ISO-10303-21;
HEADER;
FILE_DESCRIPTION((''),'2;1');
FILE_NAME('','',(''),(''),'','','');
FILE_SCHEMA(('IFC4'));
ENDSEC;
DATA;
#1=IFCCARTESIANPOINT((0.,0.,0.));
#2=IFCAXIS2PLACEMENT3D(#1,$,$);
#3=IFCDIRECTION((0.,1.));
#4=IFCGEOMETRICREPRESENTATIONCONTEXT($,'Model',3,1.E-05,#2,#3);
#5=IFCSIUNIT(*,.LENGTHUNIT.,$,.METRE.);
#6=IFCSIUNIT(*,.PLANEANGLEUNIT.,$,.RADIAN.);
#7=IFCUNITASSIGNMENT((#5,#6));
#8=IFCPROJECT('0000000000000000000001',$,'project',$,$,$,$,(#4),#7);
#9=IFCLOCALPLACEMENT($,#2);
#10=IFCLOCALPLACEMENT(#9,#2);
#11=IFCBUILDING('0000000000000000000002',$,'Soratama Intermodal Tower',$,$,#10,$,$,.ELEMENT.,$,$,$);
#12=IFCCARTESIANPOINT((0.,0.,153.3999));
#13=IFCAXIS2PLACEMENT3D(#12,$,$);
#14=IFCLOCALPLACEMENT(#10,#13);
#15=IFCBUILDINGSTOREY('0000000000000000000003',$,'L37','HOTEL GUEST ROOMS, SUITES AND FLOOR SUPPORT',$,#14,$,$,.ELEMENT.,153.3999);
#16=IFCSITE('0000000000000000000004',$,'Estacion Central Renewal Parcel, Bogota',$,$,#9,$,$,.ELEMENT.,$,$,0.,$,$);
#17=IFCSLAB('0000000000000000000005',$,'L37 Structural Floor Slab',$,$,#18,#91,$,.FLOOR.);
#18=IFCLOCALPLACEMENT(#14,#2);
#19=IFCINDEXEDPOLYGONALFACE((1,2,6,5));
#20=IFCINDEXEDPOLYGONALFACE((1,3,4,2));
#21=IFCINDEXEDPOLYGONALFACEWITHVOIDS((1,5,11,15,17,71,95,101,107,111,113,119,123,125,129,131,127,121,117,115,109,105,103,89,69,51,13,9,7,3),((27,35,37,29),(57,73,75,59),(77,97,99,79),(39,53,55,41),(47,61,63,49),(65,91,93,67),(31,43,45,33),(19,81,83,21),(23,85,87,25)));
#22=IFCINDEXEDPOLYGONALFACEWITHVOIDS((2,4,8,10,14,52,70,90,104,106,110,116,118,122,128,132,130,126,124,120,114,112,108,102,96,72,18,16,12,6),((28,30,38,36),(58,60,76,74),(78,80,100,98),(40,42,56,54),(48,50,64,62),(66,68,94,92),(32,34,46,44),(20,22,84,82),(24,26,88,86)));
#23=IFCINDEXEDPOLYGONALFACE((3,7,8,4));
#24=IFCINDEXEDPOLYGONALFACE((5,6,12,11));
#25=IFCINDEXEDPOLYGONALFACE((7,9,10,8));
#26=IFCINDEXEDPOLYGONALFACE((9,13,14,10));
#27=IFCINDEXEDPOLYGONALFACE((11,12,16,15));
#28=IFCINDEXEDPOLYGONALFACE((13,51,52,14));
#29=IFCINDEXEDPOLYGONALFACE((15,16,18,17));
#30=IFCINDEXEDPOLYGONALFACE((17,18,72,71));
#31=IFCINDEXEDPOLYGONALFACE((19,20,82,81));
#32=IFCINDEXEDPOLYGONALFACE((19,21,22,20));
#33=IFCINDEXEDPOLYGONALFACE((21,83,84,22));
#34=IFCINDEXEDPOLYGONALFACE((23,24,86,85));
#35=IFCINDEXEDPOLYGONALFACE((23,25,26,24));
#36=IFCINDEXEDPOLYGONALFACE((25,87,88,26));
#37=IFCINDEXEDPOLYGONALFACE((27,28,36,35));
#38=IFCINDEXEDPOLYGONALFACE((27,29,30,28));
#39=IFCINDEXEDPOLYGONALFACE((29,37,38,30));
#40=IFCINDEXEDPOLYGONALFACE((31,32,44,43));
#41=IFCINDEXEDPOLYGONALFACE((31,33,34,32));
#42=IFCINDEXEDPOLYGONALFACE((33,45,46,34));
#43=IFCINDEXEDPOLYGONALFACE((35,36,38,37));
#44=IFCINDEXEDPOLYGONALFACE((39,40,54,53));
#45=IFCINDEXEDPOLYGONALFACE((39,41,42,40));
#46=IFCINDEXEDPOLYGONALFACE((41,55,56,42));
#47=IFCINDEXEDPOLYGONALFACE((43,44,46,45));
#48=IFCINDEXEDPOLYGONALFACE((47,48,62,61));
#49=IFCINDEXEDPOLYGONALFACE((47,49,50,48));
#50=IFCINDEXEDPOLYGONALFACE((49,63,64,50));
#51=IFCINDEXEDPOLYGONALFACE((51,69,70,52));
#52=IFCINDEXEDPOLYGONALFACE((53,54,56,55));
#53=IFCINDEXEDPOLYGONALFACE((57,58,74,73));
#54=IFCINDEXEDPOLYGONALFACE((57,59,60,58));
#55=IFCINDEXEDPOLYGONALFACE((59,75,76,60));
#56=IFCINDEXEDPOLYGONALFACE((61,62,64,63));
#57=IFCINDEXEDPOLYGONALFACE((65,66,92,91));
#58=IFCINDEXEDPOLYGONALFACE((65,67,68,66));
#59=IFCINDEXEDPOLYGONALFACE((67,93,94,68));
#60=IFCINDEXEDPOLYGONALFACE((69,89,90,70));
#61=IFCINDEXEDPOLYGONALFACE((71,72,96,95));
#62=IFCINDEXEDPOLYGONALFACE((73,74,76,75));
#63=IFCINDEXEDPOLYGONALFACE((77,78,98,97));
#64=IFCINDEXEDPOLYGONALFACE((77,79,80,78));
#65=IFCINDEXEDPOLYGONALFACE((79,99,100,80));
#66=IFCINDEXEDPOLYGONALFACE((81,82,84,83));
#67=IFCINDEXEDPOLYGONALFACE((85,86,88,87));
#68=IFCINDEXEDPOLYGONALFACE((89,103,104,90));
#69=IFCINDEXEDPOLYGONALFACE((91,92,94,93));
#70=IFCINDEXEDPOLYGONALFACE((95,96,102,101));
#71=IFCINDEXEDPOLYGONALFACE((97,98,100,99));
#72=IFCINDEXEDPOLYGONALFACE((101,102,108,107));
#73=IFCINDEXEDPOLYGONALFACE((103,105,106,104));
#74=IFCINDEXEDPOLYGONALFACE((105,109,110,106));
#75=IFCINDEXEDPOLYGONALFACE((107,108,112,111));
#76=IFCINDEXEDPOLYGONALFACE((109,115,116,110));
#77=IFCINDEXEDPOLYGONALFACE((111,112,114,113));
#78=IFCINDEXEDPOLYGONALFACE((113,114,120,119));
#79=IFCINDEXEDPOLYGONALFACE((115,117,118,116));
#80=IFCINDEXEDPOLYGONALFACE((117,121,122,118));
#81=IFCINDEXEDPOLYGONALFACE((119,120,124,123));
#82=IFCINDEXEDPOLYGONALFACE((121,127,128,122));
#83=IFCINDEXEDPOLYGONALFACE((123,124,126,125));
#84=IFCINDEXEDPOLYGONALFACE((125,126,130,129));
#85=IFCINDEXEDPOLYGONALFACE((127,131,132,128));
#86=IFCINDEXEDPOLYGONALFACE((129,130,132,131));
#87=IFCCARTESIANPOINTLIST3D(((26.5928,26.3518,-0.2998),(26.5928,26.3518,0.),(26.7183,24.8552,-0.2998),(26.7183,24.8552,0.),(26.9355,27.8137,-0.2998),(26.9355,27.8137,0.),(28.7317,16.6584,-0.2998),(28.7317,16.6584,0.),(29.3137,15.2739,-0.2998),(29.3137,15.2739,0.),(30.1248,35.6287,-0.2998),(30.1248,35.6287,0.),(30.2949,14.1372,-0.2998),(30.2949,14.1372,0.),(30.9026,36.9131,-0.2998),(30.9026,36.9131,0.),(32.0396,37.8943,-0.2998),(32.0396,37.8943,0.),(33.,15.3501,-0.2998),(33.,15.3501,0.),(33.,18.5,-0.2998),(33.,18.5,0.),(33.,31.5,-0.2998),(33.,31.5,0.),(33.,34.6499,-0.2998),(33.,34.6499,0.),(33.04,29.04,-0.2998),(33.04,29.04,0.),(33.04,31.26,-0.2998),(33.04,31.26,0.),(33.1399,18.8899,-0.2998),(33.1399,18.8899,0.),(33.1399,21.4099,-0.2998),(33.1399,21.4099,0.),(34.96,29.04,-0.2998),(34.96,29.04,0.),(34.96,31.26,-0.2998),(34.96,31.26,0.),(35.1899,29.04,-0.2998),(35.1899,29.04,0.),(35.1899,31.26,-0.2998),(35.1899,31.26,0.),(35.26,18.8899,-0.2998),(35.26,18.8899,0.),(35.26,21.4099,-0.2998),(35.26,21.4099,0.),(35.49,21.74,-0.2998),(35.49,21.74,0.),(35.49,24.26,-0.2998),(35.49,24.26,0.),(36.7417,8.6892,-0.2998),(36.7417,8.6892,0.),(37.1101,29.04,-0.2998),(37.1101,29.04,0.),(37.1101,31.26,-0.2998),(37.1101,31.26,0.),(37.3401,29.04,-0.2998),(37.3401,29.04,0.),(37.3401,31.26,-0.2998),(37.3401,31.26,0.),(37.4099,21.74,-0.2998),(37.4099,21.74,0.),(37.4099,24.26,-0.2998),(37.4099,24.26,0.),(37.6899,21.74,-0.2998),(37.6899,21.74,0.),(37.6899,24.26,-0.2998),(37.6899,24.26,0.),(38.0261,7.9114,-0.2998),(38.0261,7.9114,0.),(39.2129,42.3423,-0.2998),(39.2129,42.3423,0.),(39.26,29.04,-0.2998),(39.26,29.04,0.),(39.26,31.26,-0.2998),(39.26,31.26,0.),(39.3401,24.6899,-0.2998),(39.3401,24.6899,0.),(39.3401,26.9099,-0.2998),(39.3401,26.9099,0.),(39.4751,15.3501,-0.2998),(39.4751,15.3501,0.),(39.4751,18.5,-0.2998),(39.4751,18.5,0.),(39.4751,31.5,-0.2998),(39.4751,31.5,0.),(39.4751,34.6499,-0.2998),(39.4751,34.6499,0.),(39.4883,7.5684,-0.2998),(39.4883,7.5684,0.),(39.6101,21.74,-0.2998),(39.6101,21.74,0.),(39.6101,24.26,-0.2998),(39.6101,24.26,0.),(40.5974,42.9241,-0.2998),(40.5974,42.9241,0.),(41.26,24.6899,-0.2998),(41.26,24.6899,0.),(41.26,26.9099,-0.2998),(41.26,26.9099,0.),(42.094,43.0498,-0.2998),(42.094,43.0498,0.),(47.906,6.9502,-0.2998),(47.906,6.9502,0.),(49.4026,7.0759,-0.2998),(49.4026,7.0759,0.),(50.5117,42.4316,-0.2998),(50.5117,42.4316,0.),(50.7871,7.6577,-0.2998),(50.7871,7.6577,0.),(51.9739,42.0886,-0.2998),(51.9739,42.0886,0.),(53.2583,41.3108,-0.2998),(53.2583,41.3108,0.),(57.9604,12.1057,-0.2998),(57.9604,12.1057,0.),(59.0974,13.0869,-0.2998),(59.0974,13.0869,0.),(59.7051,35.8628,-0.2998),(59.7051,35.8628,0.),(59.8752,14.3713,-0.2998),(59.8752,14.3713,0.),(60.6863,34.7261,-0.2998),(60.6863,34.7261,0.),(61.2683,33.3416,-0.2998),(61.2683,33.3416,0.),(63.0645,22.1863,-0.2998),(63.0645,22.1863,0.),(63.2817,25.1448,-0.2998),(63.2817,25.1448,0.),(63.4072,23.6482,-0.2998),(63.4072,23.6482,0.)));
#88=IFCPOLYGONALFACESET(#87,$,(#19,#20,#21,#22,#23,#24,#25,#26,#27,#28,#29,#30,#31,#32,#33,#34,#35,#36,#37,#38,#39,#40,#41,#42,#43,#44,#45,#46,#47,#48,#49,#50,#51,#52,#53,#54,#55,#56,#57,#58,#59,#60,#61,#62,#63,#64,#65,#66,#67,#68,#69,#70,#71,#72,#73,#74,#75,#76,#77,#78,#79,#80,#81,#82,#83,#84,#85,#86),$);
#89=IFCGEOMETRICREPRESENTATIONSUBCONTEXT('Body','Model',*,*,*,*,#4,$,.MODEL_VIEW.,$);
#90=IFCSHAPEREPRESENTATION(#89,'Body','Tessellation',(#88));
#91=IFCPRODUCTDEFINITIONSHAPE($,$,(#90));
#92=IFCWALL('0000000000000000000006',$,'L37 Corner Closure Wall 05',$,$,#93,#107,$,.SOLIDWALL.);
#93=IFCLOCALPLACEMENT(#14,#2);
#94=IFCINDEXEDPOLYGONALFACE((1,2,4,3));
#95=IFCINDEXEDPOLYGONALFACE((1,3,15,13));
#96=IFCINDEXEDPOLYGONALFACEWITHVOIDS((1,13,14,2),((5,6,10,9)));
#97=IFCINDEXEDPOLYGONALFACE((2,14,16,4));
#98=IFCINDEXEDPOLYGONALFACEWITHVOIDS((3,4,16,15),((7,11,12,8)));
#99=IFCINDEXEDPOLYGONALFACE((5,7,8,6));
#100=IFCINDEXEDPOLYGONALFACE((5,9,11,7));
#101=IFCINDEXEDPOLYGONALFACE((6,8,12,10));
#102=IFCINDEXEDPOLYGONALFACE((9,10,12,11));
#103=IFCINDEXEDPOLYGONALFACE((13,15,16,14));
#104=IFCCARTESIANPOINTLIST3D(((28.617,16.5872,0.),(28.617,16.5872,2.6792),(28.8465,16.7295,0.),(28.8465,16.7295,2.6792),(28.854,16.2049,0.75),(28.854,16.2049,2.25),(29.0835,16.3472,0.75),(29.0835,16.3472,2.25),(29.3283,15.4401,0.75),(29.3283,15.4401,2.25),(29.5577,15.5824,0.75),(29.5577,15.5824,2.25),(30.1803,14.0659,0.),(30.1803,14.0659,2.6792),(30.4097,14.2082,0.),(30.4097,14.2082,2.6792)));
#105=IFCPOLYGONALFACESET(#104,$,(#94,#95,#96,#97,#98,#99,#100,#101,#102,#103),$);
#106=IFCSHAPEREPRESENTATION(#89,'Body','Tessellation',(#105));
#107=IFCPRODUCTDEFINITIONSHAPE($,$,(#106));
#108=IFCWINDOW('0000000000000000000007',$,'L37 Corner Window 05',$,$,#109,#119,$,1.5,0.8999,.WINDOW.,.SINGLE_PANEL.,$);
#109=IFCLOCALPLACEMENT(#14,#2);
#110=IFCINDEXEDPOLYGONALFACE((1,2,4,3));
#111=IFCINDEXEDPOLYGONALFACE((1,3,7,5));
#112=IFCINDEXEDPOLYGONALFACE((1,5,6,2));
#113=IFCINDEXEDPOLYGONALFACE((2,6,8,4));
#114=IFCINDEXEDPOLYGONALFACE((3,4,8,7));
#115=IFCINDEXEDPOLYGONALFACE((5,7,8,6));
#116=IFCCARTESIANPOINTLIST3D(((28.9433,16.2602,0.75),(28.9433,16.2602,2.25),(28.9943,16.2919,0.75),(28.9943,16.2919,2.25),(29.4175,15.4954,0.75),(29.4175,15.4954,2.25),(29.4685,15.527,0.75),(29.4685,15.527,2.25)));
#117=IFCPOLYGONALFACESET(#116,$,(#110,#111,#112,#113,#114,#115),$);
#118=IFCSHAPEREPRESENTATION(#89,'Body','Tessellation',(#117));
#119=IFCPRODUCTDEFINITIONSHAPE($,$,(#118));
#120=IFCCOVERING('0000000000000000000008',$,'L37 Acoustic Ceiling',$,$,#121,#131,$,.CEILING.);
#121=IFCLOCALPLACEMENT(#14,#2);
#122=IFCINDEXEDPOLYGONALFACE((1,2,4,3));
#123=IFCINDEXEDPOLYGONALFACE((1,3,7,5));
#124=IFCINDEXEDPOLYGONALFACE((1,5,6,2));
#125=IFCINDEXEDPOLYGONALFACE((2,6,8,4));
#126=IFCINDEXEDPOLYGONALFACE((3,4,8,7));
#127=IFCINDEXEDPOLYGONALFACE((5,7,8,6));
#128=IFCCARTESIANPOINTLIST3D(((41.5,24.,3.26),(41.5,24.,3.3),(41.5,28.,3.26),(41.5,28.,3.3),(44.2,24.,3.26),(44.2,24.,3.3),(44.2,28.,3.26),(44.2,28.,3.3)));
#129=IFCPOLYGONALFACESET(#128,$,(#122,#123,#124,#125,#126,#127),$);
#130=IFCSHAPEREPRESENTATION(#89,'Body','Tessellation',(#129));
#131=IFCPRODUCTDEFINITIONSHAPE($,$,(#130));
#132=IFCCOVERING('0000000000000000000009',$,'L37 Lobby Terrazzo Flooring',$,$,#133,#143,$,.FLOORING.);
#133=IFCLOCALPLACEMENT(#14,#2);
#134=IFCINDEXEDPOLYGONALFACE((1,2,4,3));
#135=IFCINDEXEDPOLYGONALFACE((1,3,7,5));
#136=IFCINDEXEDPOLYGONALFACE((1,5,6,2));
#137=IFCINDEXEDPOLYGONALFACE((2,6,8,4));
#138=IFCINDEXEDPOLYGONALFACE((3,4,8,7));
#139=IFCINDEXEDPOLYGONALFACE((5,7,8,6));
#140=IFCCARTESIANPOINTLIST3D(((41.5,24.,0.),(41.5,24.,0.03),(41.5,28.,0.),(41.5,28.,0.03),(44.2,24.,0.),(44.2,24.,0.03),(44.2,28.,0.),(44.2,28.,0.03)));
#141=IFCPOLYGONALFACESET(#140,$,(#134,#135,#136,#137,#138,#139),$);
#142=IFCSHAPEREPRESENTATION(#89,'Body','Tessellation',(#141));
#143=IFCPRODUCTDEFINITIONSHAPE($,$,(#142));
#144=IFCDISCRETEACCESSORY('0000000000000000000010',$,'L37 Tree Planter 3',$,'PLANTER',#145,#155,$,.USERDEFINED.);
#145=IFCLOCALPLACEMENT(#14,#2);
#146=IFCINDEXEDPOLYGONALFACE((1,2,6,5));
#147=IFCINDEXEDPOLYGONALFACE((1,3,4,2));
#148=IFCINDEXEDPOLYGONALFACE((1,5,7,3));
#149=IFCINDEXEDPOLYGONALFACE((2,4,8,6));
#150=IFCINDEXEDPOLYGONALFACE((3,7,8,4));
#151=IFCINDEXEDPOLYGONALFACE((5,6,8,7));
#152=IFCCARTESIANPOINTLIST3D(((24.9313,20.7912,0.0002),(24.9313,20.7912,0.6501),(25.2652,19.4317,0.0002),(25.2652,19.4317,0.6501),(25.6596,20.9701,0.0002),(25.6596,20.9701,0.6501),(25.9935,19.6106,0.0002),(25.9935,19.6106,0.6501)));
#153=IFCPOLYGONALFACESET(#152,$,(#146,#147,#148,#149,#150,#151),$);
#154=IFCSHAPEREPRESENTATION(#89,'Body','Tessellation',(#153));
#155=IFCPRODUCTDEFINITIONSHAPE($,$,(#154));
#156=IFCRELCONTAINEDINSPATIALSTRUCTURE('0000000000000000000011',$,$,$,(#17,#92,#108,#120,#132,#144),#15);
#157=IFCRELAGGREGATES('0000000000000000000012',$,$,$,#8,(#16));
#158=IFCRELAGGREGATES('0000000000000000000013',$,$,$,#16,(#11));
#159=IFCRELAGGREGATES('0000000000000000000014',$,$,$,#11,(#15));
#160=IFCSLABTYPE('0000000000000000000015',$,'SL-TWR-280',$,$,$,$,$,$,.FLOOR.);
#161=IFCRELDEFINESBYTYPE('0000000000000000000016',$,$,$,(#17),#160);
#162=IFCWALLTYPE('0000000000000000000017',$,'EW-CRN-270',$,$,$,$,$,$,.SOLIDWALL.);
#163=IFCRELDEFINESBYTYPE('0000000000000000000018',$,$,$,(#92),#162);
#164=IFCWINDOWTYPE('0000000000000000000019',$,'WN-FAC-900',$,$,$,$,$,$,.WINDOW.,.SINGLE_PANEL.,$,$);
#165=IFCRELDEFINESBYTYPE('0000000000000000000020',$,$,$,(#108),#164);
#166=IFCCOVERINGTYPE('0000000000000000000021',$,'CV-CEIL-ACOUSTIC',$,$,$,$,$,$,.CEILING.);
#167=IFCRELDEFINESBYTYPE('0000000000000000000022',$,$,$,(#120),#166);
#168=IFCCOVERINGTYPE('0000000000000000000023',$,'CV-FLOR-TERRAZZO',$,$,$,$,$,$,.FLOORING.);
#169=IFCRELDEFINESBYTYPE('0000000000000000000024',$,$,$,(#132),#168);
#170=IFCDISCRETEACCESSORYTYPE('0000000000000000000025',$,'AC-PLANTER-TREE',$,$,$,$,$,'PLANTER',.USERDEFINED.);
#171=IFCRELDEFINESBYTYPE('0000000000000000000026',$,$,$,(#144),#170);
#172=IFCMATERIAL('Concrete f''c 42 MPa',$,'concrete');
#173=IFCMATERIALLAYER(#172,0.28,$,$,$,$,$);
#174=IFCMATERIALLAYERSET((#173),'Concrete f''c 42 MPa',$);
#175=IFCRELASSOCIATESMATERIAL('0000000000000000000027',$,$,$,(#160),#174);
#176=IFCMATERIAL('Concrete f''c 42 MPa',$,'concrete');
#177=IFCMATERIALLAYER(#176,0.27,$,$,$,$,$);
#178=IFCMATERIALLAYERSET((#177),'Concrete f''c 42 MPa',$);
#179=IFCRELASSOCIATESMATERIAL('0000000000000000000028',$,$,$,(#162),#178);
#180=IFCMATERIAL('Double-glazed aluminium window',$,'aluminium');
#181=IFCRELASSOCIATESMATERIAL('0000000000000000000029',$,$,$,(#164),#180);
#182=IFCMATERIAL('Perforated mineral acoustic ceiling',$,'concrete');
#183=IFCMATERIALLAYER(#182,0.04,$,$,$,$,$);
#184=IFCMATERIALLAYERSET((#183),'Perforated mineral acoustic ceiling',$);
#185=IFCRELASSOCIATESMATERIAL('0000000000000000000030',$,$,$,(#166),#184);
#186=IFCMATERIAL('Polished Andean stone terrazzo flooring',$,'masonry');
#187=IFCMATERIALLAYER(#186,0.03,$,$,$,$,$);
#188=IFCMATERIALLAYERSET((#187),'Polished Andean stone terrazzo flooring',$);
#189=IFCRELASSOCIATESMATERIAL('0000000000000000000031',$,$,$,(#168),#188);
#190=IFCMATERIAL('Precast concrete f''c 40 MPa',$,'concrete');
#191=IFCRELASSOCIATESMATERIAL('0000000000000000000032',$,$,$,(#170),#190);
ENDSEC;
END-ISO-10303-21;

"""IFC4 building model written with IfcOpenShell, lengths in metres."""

from ifc_helpers import new_model, si_unit, direction, frame, frame_2d, origin, origin_2d, place, context, subcontext, project, spatial, polyline, rectangle, outline, extrude, material, layer, layer_set, type_object, element, fill, save


model = new_model("IFC4")

# Units and contexts
model_context = context("Model", 3, precision=1e-05, world=origin(), true_north=direction((0.0, 1.0)))
body_context = subcontext(model_context, "Body", "Model", "MODEL_VIEW")
ifc_project = project(units=[si_unit("LENGTHUNIT", "METRE"), si_unit("PLANEANGLEUNIT", "RADIAN")], contexts=[model_context])

# Site, building, storey
site_placement = place(None, origin())
site = spatial("IfcSite", under=ifc_project, at=site_placement, Name="Estacion Central Renewal Parcel, Bogota", CompositionType="ELEMENT", RefElevation=0.0)
building_placement = place(site_placement, origin())
building = spatial("IfcBuilding", under=site, at=building_placement, Name="Soratama Intermodal Tower", CompositionType="ELEMENT")
storey_placement = place(building_placement, frame((0.0, 0.0, 153.3999)))
storey = spatial("IfcBuildingStorey", under=building, at=storey_placement, Name="L37", Description="HOTEL GUEST ROOMS, SUITES AND FLOOR SUPPORT", CompositionType="ELEMENT", Elevation=153.3999)

# Slab
ifc_material_1 = material(Name="Concrete f'c 42 MPa", Category="concrete")
ifc_layer_1 = layer(ifc_material_1, 0.28)
ifc_layer_set_1 = layer_set([ifc_layer_1], Name="Concrete f'c 42 MPa")
slab_type_1 = type_object("IfcSlabType", Name="SL-TWR-280", PredefinedType="FLOOR", material=ifc_layer_set_1)
slab_1_placement = place(storey_placement, frame((0.0, 0.0, -0.2998)))
element("IfcSlab", 1, at=slab_1_placement, inside=storey, type_object=slab_type_1, Name="L37 Structural Floor Slab", PredefinedType="FLOOR", context=body_context, shape_type="SweptSolid", body=[
    extrude(outline(polyline([(61.2683, 33.3416), (60.6863, 34.7261), (59.7051, 35.8628), (53.2583, 41.3108), (51.9739, 42.0886), (50.5117, 42.4316), (42.094, 43.0498), (40.5974, 42.9241), (39.2129, 42.3423), (32.0396, 37.8943), (30.9026, 36.9131), (30.1248, 35.6287), (26.9355, 27.8137), (26.5928, 26.3518), (26.7183, 24.8552), (28.7317, 16.6584), (29.3137, 15.2739), (30.2949, 14.1372), (36.7417, 8.6892), (38.0261, 7.9114), (39.4883, 7.5684), (47.906, 6.9502), (49.4026, 7.0759), (50.7871, 7.6577), (57.9604, 12.1057), (59.0974, 13.0869), (59.8752, 14.3713), (63.0645, 22.1863), (63.4072, 23.6482), (63.2817, 25.1448), (61.2683, 33.3416)]), holes=[polyline([(33.0, 18.5), (33.0, 15.3501), (39.4751, 15.3501), (39.4751, 18.5), (33.0, 18.5)]), polyline([(35.26, 21.4099), (33.1399, 21.4099), (33.1399, 18.8899), (35.26, 18.8899), (35.26, 21.4099)]), polyline([(37.4099, 24.26), (35.49, 24.26), (35.49, 21.74), (37.4099, 21.74), (37.4099, 24.26)]), polyline([(39.6101, 24.26), (37.6899, 24.26), (37.6899, 21.74), (39.6101, 21.74), (39.6101, 24.26)]), polyline([(41.26, 26.9099), (39.3401, 26.9099), (39.3401, 24.6899), (41.26, 24.6899), (41.26, 26.9099)]), polyline([(34.96, 31.26), (33.04, 31.26), (33.04, 29.04), (34.96, 29.04), (34.96, 31.26)]), polyline([(37.1101, 31.26), (35.1899, 31.26), (35.1899, 29.04), (37.1101, 29.04), (37.1101, 31.26)]), polyline([(39.26, 29.04), (39.26, 31.26), (37.3401, 31.26), (37.3401, 29.04), (39.26, 29.04)]), polyline([(39.4751, 34.6499), (33.0, 34.6499), (33.0, 31.5), (39.4751, 31.5), (39.4751, 34.6499)])]), origin(), (0.0, 0.0, 1.0), 0.2998),
])

# Wall, opening, window
ifc_material_2 = material(Name="Concrete f'c 42 MPa", Category="concrete")
ifc_layer_2 = layer(ifc_material_2, 0.27)
ifc_layer_set_2 = layer_set([ifc_layer_2], Name="Concrete f'c 42 MPa")
wall_type = type_object("IfcWallType", Name="EW-CRN-270", PredefinedType="SOLIDWALL", material=ifc_layer_set_2)
wall_placement = place(storey_placement, frame((28.7317, 16.6584, 0.0), z_axis=(0.0, 0.0, 1.0), x_axis=(0.526955, -0.849893, 0.0)))
wall = element("IfcWall", 2, at=wall_placement, inside=storey, type_object=wall_type, Name="L37 Corner Closure Wall 05", PredefinedType="SOLIDWALL", context=body_context, shape_type="SweptSolid", body=[
    extrude(rectangle(XDim=2.9666, YDim=0.27, at=frame_2d((1.4834, 0.0))), origin(), (0.0, 0.0, 1.0), 2.6792),
])
opening_placement = place(wall_placement, frame((0.45, 0.0, 0.75)))
opening = element("IfcOpeningElement", 3, at=opening_placement, cuts=wall, PredefinedType="OPENING", context=body_context, shape_type="SweptSolid", body=[
    extrude(rectangle(XDim=0.8999, YDim=1.5, at=frame_2d((0.45, 0.75))), frame((0.0, 0.145, 0.0), z_axis=(0.0, -1.0, 0.0), x_axis=(1.0, 0.0, 0.0)), (0.0, 0.0, 1.0), 0.29),
])
ifc_material_3 = material(Name="Double-glazed aluminium window", Category="aluminium")
window_type = type_object("IfcWindowType", Name="WN-FAC-900", PartitioningType="SINGLE_PANEL", PredefinedType="WINDOW", material=ifc_material_3)
window_placement = place(opening_placement, origin())
window = element("IfcWindow", 4, at=window_placement, inside=storey, type_object=window_type, Name="L37 Corner Window 05", OverallHeight=1.5, OverallWidth=0.8999, PartitioningType="SINGLE_PANEL", PredefinedType="WINDOW", context=body_context, shape_type="SweptSolid", body=[
    extrude(rectangle(XDim=0.8999, YDim=1.5, at=frame_2d((0.45, 0.75))), frame((0.0, 0.03, 0.0), z_axis=(0.0, -1.0, 0.0), x_axis=(1.0, 0.0, 0.0)), (0.0, 0.0, 1.0), 0.0601),
])
fill(opening, window)

# Coverings
ifc_material_4 = material(Name="Perforated mineral acoustic ceiling", Category="concrete")
ifc_layer_3 = layer(ifc_material_4, 0.04)
ifc_layer_set_3 = layer_set([ifc_layer_3], Name="Perforated mineral acoustic ceiling")
covering_type_1 = type_object("IfcCoveringType", Name="CV-CEIL-ACOUSTIC", PredefinedType="CEILING", material=ifc_layer_set_3)
covering_1_placement = place(storey_placement, frame((0.0, 0.0, 3.26)))
element("IfcCovering", 5, at=covering_1_placement, inside=storey, type_object=covering_type_1, Name="L37 Acoustic Ceiling", PredefinedType="CEILING", context=body_context, shape_type="SweptSolid", body=[
    extrude(outline(polyline([(41.5, 24.0), (44.2, 24.0), (44.2, 28.0), (41.5, 28.0), (41.5, 24.0)])), origin(), (0.0, 0.0, 1.0), 0.04),
])
ifc_material_5 = material(Name="Polished Andean stone terrazzo flooring", Category="masonry")
ifc_layer_4 = layer(ifc_material_5, 0.03)
ifc_layer_set_4 = layer_set([ifc_layer_4], Name="Polished Andean stone terrazzo flooring")
covering_type_2 = type_object("IfcCoveringType", Name="CV-FLOR-TERRAZZO", PredefinedType="FLOORING", material=ifc_layer_set_4)
covering_2_placement = place(storey_placement, origin())
element("IfcCovering", 6, at=covering_2_placement, inside=storey, type_object=covering_type_2, Name="L37 Lobby Terrazzo Flooring", PredefinedType="FLOORING", context=body_context, shape_type="SweptSolid", body=[
    extrude(outline(polyline([(41.5, 24.0), (44.2, 24.0), (44.2, 28.0), (41.5, 28.0), (41.5, 24.0)])), origin(), (0.0, 0.0, 1.0), 0.03),
])

# Discrete accessory
ifc_material_6 = material(Name="Precast concrete f'c 40 MPa", Category="concrete")
discrete_accessory_type = type_object("IfcDiscreteAccessoryType", Name="AC-PLANTER-TREE", ElementType="PLANTER", PredefinedType="USERDEFINED", material=ifc_material_6)
discrete_accessory_placement = place(storey_placement, frame((25.4624, 20.2009, 0.0002), z_axis=(0.0, 0.0, 1.0), x_axis=(-0.971134, -0.238533, 0.0)))
element("IfcDiscreteAccessory", 7, at=discrete_accessory_placement, inside=storey, type_object=discrete_accessory_type, Name="L37 Tree Planter 3", ObjectType="PLANTER", PredefinedType="USERDEFINED", context=body_context, shape_type="SweptSolid", body=[
    extrude(rectangle(XDim=0.75, YDim=1.3999, at=origin_2d()), origin(), (0.0, 0.0, 1.0), 0.6499),
])

save(model, "model.ifc")
